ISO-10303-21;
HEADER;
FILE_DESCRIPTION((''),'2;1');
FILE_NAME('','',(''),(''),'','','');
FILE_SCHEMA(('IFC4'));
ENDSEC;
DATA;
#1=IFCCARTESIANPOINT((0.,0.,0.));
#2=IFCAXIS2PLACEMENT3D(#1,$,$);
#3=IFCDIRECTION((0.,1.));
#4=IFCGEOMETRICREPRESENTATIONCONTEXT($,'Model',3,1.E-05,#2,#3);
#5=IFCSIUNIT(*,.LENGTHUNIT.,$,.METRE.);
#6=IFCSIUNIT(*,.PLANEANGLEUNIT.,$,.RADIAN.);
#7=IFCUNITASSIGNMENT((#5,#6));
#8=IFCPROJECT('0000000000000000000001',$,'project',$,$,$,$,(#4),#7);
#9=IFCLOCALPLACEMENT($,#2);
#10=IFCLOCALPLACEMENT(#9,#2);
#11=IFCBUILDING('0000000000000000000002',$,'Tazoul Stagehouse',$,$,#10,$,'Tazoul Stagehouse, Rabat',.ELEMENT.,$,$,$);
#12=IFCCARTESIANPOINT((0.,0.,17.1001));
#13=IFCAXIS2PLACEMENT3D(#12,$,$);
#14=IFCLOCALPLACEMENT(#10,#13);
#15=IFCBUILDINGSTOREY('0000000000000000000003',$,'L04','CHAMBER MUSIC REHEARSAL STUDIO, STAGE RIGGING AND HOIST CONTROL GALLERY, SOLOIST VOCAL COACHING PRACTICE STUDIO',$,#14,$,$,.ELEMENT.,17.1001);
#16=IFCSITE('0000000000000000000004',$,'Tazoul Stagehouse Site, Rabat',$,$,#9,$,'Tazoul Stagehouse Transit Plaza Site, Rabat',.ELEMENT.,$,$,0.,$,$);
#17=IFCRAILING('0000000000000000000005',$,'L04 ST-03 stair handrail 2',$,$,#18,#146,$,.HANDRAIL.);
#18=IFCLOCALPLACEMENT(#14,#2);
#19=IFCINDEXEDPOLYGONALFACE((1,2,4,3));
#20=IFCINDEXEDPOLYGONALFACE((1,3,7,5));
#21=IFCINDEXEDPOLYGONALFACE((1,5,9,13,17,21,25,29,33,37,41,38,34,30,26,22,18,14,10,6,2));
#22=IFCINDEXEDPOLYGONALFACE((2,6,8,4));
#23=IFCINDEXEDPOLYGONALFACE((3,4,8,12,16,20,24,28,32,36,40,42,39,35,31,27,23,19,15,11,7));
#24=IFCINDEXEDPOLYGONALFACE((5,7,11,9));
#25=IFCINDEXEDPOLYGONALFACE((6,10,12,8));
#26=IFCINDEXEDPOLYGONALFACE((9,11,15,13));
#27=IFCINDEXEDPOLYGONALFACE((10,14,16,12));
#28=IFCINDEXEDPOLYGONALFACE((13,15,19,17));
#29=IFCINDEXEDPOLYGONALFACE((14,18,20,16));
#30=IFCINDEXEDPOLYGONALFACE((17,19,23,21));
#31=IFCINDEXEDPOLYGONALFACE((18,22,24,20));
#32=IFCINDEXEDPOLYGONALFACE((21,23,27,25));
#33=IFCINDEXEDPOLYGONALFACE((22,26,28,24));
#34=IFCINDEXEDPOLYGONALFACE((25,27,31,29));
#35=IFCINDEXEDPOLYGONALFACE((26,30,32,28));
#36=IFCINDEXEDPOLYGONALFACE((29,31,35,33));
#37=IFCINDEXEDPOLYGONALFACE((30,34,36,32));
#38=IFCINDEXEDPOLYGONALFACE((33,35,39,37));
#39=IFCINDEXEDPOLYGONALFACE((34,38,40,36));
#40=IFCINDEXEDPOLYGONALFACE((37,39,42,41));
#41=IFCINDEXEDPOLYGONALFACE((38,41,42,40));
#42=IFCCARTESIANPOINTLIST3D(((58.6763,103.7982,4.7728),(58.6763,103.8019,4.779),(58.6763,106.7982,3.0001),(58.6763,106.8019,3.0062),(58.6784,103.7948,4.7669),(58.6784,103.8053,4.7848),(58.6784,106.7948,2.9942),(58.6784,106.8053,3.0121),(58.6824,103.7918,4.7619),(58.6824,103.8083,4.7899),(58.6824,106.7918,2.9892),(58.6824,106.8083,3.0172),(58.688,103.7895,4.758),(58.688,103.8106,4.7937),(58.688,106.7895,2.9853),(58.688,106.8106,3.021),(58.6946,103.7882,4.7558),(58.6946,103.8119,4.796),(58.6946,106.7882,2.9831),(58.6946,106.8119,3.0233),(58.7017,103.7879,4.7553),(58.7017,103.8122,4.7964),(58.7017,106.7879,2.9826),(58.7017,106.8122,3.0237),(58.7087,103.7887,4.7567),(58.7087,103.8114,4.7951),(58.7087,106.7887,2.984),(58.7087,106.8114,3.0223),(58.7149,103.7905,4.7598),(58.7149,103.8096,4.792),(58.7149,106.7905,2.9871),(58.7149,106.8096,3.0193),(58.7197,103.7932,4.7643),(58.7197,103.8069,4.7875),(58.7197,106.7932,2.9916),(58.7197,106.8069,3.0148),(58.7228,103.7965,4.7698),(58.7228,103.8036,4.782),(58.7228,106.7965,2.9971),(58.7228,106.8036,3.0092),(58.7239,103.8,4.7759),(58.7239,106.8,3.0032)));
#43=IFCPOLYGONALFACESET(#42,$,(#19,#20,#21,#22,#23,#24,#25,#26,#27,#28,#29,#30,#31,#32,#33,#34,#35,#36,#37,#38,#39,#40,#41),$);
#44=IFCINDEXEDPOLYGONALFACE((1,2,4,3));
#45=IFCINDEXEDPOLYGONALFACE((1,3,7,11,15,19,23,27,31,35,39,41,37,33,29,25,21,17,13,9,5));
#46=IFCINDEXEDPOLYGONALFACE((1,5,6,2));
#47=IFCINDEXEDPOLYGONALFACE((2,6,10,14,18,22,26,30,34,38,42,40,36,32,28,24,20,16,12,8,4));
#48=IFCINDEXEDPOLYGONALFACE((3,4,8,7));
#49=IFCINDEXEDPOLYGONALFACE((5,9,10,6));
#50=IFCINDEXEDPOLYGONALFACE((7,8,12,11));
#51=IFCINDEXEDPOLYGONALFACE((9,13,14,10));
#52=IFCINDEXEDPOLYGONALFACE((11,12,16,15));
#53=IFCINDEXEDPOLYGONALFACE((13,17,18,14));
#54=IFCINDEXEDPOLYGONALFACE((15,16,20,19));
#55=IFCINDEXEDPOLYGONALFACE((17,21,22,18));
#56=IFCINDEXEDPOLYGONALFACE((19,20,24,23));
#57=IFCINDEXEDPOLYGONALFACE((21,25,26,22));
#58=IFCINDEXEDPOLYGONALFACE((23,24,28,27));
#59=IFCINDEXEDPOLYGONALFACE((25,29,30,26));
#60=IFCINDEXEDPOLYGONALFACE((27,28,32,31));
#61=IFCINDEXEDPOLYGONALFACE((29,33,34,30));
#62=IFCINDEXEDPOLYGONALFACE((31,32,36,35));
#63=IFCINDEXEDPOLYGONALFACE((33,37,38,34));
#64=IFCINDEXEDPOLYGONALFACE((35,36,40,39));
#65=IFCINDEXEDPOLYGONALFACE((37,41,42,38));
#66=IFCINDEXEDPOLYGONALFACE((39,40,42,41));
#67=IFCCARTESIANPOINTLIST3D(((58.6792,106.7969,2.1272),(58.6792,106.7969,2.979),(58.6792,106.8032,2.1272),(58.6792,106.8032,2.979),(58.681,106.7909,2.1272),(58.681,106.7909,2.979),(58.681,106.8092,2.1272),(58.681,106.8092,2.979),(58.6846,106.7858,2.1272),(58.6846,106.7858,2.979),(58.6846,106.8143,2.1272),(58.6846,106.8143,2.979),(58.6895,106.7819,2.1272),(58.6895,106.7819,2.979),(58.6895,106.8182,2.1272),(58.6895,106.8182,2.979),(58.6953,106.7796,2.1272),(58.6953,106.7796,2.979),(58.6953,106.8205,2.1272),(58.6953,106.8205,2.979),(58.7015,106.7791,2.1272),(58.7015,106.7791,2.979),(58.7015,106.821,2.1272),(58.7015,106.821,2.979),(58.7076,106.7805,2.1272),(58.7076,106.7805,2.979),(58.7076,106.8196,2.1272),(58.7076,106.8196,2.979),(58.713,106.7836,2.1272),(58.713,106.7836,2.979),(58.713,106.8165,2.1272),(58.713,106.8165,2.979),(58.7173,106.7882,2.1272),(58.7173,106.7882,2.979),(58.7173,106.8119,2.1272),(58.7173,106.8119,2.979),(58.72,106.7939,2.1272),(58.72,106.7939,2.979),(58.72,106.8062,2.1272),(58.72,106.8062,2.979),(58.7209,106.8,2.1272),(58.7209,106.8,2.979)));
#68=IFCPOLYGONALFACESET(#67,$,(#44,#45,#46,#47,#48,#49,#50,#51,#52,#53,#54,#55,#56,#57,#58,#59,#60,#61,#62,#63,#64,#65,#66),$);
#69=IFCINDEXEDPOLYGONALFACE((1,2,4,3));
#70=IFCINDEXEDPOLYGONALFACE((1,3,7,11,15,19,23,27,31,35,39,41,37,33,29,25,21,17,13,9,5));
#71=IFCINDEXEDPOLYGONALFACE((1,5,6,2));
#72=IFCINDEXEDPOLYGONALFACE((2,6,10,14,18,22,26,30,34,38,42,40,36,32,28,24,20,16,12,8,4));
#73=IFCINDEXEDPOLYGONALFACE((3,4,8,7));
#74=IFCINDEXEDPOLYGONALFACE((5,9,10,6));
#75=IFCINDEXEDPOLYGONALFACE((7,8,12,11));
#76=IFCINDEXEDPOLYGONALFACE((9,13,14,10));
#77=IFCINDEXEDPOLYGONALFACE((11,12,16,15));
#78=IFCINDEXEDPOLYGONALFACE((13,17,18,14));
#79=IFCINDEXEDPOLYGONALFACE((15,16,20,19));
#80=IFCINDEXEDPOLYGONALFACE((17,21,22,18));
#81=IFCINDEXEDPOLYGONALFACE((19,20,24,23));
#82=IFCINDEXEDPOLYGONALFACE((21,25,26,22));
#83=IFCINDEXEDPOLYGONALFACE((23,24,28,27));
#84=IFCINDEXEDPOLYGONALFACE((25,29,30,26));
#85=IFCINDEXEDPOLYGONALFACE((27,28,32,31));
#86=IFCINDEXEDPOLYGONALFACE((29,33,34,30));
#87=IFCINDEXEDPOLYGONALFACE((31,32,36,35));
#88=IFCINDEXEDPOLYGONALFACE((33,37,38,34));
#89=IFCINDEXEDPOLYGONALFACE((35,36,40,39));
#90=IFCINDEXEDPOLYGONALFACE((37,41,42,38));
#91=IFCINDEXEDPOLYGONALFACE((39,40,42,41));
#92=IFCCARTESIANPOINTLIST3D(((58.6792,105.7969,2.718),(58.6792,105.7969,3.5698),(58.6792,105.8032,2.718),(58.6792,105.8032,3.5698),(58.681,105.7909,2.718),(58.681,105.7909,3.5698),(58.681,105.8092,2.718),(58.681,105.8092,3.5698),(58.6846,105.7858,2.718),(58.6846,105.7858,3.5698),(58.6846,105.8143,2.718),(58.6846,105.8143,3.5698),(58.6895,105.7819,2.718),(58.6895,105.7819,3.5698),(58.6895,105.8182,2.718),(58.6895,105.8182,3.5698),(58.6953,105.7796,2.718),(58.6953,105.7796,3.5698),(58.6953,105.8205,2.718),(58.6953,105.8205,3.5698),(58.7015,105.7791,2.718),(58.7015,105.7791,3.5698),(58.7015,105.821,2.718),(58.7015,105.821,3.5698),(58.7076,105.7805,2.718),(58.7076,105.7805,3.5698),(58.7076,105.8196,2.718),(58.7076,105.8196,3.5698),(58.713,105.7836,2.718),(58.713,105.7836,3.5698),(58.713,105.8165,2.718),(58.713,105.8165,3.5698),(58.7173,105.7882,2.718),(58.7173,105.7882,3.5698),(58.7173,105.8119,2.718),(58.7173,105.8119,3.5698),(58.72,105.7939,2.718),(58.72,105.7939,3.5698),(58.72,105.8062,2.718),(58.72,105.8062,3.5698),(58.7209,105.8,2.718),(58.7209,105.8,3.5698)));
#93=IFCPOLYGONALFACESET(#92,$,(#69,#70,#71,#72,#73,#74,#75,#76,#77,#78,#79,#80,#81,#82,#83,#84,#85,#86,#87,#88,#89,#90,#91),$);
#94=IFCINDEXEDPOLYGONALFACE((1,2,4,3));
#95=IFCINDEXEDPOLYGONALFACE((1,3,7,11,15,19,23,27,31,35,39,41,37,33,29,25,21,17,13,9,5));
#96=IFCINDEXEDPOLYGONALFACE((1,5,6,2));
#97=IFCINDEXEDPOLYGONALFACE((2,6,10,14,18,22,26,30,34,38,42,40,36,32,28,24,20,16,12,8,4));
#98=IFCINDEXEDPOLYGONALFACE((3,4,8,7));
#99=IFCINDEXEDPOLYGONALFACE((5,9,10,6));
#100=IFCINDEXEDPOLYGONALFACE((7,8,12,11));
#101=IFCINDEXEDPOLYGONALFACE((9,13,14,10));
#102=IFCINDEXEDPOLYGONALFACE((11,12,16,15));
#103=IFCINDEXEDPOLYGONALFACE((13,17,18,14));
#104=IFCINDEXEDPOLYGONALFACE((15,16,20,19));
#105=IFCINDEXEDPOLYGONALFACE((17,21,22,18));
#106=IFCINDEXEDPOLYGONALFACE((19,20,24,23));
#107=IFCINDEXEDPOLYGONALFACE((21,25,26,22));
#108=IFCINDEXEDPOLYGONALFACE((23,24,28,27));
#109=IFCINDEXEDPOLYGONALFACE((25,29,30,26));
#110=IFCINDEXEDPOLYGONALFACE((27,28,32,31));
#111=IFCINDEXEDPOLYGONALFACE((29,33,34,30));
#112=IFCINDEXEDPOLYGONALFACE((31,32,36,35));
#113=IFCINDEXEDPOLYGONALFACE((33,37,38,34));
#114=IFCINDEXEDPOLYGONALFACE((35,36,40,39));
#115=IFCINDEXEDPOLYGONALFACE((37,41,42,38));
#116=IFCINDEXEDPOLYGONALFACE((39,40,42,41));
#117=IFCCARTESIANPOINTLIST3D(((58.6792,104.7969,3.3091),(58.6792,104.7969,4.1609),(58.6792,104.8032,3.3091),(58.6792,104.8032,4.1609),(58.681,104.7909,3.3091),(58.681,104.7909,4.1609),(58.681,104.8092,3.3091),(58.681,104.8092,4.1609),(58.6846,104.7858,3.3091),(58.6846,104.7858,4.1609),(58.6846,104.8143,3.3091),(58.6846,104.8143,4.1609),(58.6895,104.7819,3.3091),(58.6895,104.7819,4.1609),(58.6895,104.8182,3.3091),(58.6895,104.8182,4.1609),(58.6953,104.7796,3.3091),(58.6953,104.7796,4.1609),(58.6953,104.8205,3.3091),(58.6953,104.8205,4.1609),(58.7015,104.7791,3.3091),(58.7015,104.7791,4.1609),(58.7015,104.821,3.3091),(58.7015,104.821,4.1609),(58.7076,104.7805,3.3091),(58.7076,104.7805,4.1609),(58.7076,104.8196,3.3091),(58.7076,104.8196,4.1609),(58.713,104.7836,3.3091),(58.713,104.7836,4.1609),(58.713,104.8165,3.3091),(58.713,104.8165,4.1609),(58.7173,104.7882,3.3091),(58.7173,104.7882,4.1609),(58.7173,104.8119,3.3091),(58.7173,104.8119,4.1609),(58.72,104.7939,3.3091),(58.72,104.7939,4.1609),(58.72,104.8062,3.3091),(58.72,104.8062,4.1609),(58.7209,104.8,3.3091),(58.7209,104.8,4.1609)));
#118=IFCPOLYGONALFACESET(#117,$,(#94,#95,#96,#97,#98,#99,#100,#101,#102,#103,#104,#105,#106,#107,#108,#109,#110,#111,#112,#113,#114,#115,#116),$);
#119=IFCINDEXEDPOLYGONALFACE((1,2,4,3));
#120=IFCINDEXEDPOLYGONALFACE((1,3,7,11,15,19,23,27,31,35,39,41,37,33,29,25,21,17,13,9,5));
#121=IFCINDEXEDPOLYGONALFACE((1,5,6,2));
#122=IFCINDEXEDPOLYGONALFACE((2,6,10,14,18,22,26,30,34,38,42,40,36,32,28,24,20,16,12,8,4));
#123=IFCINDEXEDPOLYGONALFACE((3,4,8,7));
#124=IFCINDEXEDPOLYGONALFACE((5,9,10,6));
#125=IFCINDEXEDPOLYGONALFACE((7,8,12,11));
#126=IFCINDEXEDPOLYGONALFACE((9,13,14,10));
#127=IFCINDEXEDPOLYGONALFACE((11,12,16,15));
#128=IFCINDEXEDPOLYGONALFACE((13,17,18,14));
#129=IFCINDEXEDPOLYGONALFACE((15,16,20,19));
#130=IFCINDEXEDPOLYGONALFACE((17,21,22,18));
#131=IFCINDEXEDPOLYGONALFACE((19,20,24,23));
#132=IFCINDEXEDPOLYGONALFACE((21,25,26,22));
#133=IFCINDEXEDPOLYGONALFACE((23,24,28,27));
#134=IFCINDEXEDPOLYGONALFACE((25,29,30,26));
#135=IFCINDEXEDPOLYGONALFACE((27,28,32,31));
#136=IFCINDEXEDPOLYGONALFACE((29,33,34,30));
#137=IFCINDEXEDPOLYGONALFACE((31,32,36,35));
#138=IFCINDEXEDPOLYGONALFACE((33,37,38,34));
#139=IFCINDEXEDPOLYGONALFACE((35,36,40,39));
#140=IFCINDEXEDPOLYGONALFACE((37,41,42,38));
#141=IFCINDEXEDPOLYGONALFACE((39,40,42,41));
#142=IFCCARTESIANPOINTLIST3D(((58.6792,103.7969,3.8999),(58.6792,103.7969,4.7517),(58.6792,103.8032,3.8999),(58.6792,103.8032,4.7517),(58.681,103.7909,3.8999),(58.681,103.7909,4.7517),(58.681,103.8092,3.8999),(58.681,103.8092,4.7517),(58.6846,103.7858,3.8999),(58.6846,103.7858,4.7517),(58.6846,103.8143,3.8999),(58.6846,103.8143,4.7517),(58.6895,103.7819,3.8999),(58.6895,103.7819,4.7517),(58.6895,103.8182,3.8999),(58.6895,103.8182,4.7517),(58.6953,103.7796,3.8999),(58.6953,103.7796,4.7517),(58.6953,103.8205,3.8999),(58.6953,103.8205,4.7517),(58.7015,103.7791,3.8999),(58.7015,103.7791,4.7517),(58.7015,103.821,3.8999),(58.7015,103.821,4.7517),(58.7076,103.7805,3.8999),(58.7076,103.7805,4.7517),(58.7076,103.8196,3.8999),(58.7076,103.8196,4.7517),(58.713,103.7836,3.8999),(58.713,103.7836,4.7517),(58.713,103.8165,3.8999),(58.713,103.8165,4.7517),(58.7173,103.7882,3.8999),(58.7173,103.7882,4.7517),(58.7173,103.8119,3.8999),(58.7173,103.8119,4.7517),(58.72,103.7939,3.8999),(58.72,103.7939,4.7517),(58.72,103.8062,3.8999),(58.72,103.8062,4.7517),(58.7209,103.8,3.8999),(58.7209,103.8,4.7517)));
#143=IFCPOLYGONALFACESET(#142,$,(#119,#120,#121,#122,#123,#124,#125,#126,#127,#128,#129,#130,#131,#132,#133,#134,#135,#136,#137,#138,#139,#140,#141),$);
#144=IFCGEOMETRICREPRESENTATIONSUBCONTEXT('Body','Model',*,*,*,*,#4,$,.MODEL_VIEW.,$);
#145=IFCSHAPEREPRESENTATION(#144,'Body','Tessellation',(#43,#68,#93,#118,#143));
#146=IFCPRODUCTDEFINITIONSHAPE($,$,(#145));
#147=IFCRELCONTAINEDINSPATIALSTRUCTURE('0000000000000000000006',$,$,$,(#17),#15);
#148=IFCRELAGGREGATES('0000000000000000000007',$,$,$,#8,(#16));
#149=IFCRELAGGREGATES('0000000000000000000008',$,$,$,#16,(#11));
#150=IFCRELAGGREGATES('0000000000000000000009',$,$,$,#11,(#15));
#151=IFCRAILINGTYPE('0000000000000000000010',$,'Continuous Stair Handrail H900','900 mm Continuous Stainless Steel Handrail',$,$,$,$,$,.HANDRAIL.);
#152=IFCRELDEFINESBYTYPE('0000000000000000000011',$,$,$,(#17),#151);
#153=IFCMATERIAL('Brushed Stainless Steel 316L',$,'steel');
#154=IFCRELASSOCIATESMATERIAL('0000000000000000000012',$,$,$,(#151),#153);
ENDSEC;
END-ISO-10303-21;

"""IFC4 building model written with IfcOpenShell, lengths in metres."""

from ifc_helpers import new_model, si_unit, direction, frame, origin, origin_2d, place, context, subcontext, project, spatial, circle, extrude, material, material_profile, profile_set, type_object, element, save


model = new_model("IFC4")

# Units and contexts
model_context = context("Model", 3, precision=1e-05, world=origin(), true_north=direction((0.0, 1.0)))
body_context = subcontext(model_context, "Body", "Model", "MODEL_VIEW")
ifc_project = project(units=[si_unit("LENGTHUNIT", "METRE"), si_unit("PLANEANGLEUNIT", "RADIAN")], contexts=[model_context])

# Site, building, storey
site_placement = place(None, origin())
site = spatial("IfcSite", under=ifc_project, at=site_placement, Name="Tazoul Stagehouse Site, Rabat", LongName="Tazoul Stagehouse Transit Plaza Site, Rabat", CompositionType="ELEMENT", RefElevation=0.0)
building_placement = place(site_placement, origin())
building = spatial("IfcBuilding", under=site, at=building_placement, Name="Tazoul Stagehouse", LongName="Tazoul Stagehouse, Rabat", CompositionType="ELEMENT")
storey_placement = place(building_placement, frame((0.0, 0.0, 17.1001)))
storey = spatial("IfcBuildingStorey", under=building, at=storey_placement, Name="L04", Description="CHAMBER MUSIC REHEARSAL STUDIO, STAGE RIGGING AND HOIST CONTROL GALLERY, SOLOIST VOCAL COACHING PRACTICE STUDIO", CompositionType="ELEMENT", Elevation=17.1001)

# Railing
ifc_material_1 = material(Name="Brushed Stainless Steel 316L", Category="steel")
ifc_material_profile_1 = material_profile(ifc_material_1, circle(Radius=0.021, at=origin_2d()), Name="SS HANDRAIL D42")
ifc_profile_set_1 = profile_set([ifc_material_profile_1], Name="Brushed Stainless Steel 316L")
railing_type_1 = type_object("IfcRailingType", Name="Continuous Stair Handrail H900", Description="900 mm Continuous Stainless Steel Handrail", PredefinedType="HANDRAIL", material=ifc_profile_set_1)
railing_1_placement = place(storey_placement, frame((58.7, 106.8, 2.1272)))
element("IfcRailing", 1, at=railing_1_placement, inside=storey, type_object=railing_type_1, Name="L04 ST-03 stair handrail 2", PredefinedType="HANDRAIL", context=body_context, shape_type="SweptSolid", body=[
    extrude(circle(Radius=0.0239, at=origin_2d()), frame((0.0, 0.0, 0.876), z_axis=(0.0, -0.860929, 0.508725), x_axis=(1.0, 0.0, 0.0)), (0.0, 0.0, 1.0), 3.4846),
    extrude(circle(Radius=0.021, at=origin_2d()), origin(), (0.0, 0.0, 1.0), 0.8518),
    extrude(circle(Radius=0.021, at=origin_2d()), frame((0.0, -1.0, 0.5908)), (0.0, 0.0, 1.0), 0.8518),
    extrude(circle(Radius=0.021, at=origin_2d()), frame((0.0, -2.0, 1.1819)), (0.0, 0.0, 1.0), 0.8518),
    extrude(circle(Radius=0.021, at=origin_2d()), frame((0.0, -3.0, 1.7727)), (0.0, 0.0, 1.0), 0.8518),
])

save(model, "model.ifc")
